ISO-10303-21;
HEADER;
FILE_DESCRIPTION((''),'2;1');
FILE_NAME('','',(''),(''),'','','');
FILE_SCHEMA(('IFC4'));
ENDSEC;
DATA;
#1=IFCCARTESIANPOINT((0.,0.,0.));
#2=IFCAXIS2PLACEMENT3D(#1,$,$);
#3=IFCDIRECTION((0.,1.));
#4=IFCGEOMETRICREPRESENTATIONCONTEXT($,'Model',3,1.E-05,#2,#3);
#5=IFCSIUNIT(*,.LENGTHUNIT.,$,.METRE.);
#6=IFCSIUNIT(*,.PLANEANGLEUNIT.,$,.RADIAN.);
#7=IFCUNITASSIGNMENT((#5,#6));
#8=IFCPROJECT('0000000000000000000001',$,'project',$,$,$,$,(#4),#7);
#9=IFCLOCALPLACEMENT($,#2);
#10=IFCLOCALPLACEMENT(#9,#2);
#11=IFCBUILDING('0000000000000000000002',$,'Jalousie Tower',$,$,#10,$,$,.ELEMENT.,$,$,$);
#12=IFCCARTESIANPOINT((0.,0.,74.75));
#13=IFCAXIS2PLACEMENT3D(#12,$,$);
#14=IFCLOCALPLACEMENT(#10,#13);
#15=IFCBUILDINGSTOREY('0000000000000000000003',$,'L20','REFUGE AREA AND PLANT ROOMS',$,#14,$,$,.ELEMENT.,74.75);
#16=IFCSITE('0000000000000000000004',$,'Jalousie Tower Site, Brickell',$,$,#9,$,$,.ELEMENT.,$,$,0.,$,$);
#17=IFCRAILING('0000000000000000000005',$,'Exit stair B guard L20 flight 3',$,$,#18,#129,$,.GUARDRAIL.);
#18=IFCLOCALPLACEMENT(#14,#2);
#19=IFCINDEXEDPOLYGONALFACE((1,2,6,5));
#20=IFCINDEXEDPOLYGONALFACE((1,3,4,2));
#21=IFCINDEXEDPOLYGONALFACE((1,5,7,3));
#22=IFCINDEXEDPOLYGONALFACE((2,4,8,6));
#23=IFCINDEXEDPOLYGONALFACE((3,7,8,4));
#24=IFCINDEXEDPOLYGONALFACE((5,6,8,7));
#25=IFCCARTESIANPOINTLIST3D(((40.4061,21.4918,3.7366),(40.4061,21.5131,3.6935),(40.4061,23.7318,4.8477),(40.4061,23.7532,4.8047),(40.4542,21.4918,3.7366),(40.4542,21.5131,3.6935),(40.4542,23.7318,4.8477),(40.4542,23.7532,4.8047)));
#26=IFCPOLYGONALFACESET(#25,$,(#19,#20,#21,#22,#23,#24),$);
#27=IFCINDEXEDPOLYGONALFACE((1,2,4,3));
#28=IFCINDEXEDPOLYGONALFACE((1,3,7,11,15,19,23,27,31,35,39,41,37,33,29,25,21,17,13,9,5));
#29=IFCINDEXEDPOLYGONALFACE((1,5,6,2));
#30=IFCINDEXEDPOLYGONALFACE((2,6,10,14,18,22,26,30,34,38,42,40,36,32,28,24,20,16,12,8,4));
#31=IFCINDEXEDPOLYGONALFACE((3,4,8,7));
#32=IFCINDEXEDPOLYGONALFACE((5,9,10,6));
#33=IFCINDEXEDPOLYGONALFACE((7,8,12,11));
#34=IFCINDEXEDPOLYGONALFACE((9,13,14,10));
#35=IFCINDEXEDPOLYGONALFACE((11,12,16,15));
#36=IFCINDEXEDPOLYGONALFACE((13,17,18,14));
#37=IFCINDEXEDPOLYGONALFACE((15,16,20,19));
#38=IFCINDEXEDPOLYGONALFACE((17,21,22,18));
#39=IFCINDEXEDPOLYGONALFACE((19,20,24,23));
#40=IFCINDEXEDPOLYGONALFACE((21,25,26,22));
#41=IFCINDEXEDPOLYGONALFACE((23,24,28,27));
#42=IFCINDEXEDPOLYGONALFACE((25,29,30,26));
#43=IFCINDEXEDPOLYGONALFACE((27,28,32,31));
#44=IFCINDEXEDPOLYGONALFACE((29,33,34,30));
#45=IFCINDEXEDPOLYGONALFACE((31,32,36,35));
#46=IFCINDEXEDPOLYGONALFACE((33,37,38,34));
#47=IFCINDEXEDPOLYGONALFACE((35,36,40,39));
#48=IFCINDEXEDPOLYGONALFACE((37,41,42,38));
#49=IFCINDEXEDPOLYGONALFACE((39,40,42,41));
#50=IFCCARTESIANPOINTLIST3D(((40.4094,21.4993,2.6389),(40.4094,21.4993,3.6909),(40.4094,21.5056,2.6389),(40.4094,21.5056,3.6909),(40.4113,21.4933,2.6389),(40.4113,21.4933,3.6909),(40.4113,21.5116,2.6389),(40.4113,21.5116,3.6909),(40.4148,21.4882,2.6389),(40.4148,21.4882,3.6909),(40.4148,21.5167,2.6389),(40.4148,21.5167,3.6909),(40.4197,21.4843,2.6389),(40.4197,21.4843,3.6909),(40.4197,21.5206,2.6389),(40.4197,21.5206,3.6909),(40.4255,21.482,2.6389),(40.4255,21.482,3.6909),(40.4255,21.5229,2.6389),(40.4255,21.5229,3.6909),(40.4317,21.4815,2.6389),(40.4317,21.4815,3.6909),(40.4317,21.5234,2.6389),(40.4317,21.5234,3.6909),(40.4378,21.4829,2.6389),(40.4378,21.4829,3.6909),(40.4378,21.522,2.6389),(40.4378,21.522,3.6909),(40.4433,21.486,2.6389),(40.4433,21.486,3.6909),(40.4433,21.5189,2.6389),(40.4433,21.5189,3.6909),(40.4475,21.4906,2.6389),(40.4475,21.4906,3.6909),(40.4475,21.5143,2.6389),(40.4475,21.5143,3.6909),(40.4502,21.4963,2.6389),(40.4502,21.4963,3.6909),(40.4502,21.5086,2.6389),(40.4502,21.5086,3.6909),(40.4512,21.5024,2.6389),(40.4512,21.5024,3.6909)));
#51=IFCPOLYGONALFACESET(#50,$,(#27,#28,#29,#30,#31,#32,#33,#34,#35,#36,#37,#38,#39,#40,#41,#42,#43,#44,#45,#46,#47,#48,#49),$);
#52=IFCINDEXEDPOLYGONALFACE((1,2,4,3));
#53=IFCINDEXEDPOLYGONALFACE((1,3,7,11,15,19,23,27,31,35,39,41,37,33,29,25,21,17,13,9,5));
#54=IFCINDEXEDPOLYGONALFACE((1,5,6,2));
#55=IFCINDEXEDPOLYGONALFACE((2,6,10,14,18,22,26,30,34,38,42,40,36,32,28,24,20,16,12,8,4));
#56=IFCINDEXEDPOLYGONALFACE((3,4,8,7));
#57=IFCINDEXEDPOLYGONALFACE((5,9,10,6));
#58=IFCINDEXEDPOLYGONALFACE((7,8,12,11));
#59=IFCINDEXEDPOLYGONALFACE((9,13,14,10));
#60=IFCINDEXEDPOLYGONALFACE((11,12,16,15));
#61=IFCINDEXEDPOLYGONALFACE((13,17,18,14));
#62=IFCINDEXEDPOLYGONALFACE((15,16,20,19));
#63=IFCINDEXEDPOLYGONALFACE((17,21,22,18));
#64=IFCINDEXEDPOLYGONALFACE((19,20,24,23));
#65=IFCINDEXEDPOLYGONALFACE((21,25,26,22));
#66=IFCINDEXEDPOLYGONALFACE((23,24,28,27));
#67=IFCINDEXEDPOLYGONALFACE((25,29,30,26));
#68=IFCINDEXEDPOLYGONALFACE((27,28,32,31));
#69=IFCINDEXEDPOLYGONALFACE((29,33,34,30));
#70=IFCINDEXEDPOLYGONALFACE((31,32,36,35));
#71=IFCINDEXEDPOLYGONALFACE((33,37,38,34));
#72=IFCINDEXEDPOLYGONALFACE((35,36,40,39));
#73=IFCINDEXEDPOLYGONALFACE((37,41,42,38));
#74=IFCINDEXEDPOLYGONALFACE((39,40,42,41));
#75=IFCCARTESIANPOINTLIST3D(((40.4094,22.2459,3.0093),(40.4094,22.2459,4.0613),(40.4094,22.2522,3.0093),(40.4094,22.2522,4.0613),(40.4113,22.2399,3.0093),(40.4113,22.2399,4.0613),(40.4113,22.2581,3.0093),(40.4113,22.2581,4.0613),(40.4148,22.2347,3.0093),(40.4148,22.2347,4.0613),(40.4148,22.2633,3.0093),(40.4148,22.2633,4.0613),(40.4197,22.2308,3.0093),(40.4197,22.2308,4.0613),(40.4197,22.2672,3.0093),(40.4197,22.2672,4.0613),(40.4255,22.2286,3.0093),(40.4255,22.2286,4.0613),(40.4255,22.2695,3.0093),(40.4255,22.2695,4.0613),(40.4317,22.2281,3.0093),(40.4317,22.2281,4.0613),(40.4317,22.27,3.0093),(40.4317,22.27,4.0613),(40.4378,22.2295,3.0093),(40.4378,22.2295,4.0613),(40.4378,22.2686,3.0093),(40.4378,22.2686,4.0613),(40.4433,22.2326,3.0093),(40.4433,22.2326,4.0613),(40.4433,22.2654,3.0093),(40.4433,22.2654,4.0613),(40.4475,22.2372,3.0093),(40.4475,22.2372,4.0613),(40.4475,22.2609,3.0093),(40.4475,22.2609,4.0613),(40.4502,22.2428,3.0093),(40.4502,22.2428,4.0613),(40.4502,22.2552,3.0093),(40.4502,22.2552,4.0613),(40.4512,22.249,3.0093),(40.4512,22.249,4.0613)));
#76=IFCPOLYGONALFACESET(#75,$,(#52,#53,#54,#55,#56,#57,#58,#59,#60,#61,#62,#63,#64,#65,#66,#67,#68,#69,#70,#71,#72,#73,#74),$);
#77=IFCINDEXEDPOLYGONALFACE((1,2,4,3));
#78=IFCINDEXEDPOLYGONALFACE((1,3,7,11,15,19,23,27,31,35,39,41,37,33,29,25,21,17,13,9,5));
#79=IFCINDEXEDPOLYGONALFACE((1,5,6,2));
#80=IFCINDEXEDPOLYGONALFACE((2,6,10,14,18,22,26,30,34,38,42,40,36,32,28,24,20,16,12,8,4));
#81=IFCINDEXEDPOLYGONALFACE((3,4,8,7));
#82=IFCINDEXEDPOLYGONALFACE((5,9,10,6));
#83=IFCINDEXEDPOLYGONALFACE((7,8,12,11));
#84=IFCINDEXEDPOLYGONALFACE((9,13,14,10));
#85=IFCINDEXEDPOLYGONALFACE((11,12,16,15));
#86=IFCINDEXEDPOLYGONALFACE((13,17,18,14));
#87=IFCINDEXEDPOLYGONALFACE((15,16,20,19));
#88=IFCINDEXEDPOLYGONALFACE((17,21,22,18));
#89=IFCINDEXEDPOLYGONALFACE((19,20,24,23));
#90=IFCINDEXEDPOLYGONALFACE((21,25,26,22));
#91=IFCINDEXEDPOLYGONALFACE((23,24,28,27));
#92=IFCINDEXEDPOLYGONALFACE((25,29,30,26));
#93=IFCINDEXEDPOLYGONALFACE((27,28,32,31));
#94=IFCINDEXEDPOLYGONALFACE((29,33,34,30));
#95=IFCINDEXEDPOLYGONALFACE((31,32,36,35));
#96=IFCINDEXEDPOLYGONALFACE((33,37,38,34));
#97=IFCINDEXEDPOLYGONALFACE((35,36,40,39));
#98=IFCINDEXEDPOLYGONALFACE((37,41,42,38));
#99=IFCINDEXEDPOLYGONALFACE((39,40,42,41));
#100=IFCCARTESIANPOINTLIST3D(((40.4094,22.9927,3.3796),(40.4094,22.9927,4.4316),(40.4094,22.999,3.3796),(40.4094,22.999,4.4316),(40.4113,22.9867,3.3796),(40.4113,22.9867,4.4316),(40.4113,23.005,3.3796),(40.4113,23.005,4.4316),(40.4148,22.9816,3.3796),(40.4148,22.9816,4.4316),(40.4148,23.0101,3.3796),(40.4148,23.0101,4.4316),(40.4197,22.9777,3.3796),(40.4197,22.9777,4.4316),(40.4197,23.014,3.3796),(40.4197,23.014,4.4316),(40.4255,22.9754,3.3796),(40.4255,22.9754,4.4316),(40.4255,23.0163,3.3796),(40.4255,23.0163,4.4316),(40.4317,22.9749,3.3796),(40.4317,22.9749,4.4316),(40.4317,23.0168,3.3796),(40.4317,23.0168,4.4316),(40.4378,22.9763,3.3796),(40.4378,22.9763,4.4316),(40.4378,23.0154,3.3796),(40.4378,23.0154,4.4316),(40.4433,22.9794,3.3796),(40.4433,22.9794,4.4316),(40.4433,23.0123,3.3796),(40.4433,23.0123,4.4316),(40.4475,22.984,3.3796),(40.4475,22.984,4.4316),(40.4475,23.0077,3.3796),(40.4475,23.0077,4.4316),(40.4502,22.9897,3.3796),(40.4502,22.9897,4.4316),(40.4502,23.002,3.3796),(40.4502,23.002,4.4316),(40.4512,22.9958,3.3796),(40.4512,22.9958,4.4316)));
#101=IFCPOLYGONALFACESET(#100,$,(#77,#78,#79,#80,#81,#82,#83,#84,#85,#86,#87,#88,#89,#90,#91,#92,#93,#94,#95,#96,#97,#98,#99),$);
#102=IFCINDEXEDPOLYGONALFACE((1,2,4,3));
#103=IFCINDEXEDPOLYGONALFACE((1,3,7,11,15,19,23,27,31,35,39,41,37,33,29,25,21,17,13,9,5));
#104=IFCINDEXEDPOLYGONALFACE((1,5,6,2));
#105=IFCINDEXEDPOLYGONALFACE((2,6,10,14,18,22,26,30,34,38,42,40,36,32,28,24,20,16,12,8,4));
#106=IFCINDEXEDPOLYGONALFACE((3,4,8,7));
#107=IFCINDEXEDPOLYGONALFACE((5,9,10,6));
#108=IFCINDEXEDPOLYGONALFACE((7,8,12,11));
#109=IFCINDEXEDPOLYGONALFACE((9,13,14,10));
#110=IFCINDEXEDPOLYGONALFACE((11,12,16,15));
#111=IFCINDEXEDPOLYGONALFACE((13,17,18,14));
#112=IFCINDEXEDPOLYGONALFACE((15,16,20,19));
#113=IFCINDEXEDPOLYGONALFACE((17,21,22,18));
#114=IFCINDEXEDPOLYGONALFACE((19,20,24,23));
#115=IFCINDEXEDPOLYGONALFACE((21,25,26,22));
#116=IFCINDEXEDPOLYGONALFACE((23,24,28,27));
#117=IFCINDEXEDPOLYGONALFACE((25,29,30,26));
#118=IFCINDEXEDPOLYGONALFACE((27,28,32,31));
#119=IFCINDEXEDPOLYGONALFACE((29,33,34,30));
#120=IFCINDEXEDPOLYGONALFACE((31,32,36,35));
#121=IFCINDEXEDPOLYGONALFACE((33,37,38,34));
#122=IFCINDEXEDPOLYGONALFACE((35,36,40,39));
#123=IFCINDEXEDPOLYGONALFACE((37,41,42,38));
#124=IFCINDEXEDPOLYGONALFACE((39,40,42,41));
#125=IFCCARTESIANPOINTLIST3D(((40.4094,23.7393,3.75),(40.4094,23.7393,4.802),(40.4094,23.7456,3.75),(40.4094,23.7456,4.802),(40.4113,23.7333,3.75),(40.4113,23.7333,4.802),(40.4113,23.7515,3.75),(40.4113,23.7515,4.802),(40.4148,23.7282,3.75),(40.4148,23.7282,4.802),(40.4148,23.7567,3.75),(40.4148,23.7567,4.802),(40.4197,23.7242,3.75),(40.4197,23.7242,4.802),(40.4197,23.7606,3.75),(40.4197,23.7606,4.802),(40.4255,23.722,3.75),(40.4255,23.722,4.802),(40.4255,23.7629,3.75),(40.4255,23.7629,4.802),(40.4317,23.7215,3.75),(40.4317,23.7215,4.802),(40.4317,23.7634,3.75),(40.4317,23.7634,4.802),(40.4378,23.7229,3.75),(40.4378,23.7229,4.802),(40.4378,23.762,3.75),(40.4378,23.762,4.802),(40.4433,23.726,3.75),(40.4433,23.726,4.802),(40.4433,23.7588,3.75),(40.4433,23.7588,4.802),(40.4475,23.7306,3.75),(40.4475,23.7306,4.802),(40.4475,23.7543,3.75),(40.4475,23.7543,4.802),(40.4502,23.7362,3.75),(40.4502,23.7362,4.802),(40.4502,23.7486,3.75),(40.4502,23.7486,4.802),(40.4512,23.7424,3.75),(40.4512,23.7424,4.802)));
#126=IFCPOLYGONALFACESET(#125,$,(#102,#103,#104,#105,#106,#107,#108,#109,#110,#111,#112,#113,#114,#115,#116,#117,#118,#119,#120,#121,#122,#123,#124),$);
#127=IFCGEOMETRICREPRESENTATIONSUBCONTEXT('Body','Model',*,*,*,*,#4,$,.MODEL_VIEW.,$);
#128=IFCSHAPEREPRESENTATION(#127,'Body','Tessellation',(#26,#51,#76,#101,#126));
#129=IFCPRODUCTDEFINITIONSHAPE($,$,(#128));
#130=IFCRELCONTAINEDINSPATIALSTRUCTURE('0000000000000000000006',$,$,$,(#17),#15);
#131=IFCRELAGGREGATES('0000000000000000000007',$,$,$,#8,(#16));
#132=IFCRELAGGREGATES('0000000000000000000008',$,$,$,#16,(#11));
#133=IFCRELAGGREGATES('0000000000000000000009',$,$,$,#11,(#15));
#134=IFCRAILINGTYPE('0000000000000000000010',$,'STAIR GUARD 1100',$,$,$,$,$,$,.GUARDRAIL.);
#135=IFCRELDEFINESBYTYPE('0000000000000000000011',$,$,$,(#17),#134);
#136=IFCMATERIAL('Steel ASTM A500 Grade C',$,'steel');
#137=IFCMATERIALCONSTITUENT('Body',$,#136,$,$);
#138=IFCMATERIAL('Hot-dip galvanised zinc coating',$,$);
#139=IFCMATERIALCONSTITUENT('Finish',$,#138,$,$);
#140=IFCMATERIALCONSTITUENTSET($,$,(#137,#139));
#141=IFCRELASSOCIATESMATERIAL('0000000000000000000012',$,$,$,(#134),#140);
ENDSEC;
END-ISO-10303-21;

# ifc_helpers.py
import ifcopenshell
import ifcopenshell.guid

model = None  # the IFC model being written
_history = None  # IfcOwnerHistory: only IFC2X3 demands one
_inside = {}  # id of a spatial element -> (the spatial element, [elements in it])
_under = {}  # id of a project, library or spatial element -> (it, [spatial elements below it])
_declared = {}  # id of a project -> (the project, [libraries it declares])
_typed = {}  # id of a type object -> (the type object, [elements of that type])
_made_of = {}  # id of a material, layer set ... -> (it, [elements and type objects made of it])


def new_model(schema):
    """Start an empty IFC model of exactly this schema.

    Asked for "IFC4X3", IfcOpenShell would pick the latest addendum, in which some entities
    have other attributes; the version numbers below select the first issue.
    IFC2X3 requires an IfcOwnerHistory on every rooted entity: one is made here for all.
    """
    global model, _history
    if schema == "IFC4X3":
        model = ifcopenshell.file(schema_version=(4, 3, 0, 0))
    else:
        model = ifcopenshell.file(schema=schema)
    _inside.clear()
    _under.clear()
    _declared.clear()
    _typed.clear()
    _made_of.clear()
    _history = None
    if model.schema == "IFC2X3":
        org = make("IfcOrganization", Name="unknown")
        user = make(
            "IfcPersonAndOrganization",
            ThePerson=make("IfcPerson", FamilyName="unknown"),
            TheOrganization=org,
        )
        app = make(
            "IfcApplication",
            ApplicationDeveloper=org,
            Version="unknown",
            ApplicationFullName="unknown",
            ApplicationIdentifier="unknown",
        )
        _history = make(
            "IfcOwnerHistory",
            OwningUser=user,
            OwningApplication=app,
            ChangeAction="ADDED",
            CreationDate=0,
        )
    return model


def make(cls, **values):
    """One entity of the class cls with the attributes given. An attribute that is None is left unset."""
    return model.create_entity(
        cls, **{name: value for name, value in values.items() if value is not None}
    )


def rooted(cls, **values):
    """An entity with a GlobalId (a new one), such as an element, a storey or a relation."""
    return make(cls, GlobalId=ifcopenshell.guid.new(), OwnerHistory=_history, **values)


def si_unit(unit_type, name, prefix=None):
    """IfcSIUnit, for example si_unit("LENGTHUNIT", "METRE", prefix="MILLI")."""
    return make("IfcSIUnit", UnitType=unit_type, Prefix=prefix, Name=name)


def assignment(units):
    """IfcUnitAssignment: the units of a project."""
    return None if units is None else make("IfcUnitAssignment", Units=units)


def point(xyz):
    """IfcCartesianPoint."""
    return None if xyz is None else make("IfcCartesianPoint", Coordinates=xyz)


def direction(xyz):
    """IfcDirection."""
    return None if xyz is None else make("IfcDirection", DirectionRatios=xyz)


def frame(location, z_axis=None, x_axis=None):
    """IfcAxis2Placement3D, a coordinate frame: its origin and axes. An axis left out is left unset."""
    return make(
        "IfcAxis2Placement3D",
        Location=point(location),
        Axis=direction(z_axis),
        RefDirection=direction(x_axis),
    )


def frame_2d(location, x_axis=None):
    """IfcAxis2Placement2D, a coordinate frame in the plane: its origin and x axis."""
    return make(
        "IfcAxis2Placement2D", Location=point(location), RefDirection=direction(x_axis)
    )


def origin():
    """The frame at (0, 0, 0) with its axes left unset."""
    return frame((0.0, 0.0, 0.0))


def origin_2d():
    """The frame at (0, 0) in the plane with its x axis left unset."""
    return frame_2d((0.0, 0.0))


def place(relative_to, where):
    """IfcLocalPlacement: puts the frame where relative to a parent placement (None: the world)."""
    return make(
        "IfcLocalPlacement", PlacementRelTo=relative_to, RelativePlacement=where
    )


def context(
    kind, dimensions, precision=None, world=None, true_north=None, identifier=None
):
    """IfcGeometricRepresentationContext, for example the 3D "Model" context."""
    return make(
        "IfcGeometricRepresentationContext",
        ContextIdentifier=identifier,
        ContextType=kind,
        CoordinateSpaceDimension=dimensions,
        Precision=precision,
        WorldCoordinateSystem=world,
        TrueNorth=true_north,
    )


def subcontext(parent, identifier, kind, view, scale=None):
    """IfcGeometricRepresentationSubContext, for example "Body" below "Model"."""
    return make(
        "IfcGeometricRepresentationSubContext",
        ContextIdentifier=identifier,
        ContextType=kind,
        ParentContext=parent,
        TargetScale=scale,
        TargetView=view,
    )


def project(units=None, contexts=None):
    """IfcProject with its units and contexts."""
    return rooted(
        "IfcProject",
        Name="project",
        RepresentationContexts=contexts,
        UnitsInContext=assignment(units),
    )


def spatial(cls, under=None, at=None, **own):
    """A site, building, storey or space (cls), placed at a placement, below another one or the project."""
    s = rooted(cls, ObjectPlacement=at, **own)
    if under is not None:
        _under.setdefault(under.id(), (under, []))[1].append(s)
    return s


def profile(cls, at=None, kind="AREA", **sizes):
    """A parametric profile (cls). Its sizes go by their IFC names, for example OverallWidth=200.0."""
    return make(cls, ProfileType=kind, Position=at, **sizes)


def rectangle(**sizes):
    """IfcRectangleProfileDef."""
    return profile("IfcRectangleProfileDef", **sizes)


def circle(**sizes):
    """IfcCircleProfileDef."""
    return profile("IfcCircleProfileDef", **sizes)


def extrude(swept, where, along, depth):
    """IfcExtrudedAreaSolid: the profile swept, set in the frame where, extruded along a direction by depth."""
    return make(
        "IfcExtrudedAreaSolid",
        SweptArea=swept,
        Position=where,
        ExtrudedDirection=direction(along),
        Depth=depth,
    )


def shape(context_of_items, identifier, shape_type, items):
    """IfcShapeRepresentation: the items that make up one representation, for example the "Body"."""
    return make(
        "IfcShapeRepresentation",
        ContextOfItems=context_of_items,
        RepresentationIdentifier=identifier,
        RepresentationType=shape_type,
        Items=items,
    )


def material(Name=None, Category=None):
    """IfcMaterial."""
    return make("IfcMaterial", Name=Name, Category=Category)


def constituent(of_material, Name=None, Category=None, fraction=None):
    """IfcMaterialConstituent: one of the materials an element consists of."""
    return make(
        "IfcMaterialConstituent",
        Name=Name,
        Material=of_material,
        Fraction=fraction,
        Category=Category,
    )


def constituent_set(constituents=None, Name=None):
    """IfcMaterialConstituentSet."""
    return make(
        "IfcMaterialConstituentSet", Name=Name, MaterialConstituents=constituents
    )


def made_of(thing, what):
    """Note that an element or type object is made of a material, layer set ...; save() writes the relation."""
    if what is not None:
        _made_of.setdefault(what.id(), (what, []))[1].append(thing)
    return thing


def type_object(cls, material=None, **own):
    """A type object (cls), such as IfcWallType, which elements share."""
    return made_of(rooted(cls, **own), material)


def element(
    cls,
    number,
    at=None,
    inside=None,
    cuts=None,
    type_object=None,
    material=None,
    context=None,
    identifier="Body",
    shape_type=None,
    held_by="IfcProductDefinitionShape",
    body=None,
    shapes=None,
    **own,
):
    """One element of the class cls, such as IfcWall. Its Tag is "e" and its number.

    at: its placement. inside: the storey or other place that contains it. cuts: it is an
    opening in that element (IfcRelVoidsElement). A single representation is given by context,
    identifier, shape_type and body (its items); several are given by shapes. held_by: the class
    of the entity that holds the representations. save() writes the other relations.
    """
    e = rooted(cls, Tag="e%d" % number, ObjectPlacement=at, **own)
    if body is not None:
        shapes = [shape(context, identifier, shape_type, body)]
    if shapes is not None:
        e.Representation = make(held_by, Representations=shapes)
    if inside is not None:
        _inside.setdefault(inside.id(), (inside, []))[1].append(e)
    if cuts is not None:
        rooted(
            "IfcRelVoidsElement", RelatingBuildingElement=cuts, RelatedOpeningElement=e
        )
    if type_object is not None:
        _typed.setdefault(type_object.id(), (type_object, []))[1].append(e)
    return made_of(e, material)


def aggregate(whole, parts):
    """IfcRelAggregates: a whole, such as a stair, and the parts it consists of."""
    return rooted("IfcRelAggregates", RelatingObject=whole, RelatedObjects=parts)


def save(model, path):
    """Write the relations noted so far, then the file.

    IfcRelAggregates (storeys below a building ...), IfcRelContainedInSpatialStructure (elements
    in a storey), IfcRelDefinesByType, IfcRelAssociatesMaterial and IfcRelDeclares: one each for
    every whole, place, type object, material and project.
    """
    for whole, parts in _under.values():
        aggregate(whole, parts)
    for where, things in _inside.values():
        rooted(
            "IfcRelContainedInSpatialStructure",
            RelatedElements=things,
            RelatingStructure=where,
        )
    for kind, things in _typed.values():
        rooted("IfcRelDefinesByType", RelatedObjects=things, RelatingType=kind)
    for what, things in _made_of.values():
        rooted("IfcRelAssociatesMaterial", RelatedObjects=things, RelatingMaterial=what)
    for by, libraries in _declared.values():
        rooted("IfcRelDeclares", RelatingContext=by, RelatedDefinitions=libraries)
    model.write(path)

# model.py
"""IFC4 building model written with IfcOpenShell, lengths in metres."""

from ifc_helpers import new_model, si_unit, direction, frame, origin, origin_2d, place, context, subcontext, project, spatial, rectangle, circle, extrude, material, constituent, constituent_set, type_object, element, save


model = new_model("IFC4")

# Units and contexts
model_context = context("Model", 3, precision=1e-05, world=origin(), true_north=direction((0.0, 1.0)))
body_context = subcontext(model_context, "Body", "Model", "MODEL_VIEW")
ifc_project = project(units=[si_unit("LENGTHUNIT", "METRE"), si_unit("PLANEANGLEUNIT", "RADIAN")], contexts=[model_context])

# Site, building, storey
site_placement = place(None, origin())
site = spatial("IfcSite", under=ifc_project, at=site_placement, Name="Jalousie Tower Site, Brickell", CompositionType="ELEMENT", RefElevation=0.0)
building_placement = place(site_placement, origin())
building = spatial("IfcBuilding", under=site, at=building_placement, Name="Jalousie Tower", CompositionType="ELEMENT")
storey_placement = place(building_placement, frame((0.0, 0.0, 74.75)))
storey = spatial("IfcBuildingStorey", under=building, at=storey_placement, Name="L20", Description="REFUGE AREA AND PLANT ROOMS", CompositionType="ELEMENT", Elevation=74.75)

# Railing
ifc_material_1 = material(Name="Steel ASTM A500 Grade C", Category="steel")
ifc_constituent_1 = constituent(ifc_material_1, Name="Body")
ifc_material_2 = material(Name="Hot-dip galvanised zinc coating")
ifc_constituent_2 = constituent(ifc_material_2, Name="Finish")
ifc_constituent_set_1 = constituent_set(constituents=[ifc_constituent_1, ifc_constituent_2])
railing_type = type_object("IfcRailingType", Name="STAIR GUARD 1100", PredefinedType="GUARDRAIL", material=ifc_constituent_set_1)
for number, where, name in (
    (1, (40.4302, 21.5024, 2.6389), "Exit stair B guard L20 flight 3"),
):
    element("IfcRailing", number, at=place(storey_placement, frame(where)), inside=storey, type_object=railing_type, Name=name, PredefinedType="GUARDRAIL", context=body_context, shape_type="SweptSolid", body=[
        extrude(rectangle(XDim=0.0481, YDim=0.0481, at=origin_2d()), frame((0.0, 0.0, 1.0762), z_axis=(0.0, 0.895848, 0.44436), x_axis=(-1.0, 0.0, 0.0)), (0.0, 0.0, 1.0), 2.5005),
        extrude(circle(Radius=0.021, at=origin_2d()), origin(), (0.0, 0.0, 1.0), 1.052),
        extrude(circle(Radius=0.021, at=origin_2d()), frame((0.0, 0.7466, 0.3704)), (0.0, 0.0, 1.0), 1.052),
        extrude(circle(Radius=0.021, at=origin_2d()), frame((0.0, 1.4934, 0.7407)), (0.0, 0.0, 1.0), 1.052),
        extrude(circle(Radius=0.021, at=origin_2d()), frame((0.0, 2.24, 1.1111)), (0.0, 0.0, 1.0), 1.052),
    ])

save(model, "model.ifc")
